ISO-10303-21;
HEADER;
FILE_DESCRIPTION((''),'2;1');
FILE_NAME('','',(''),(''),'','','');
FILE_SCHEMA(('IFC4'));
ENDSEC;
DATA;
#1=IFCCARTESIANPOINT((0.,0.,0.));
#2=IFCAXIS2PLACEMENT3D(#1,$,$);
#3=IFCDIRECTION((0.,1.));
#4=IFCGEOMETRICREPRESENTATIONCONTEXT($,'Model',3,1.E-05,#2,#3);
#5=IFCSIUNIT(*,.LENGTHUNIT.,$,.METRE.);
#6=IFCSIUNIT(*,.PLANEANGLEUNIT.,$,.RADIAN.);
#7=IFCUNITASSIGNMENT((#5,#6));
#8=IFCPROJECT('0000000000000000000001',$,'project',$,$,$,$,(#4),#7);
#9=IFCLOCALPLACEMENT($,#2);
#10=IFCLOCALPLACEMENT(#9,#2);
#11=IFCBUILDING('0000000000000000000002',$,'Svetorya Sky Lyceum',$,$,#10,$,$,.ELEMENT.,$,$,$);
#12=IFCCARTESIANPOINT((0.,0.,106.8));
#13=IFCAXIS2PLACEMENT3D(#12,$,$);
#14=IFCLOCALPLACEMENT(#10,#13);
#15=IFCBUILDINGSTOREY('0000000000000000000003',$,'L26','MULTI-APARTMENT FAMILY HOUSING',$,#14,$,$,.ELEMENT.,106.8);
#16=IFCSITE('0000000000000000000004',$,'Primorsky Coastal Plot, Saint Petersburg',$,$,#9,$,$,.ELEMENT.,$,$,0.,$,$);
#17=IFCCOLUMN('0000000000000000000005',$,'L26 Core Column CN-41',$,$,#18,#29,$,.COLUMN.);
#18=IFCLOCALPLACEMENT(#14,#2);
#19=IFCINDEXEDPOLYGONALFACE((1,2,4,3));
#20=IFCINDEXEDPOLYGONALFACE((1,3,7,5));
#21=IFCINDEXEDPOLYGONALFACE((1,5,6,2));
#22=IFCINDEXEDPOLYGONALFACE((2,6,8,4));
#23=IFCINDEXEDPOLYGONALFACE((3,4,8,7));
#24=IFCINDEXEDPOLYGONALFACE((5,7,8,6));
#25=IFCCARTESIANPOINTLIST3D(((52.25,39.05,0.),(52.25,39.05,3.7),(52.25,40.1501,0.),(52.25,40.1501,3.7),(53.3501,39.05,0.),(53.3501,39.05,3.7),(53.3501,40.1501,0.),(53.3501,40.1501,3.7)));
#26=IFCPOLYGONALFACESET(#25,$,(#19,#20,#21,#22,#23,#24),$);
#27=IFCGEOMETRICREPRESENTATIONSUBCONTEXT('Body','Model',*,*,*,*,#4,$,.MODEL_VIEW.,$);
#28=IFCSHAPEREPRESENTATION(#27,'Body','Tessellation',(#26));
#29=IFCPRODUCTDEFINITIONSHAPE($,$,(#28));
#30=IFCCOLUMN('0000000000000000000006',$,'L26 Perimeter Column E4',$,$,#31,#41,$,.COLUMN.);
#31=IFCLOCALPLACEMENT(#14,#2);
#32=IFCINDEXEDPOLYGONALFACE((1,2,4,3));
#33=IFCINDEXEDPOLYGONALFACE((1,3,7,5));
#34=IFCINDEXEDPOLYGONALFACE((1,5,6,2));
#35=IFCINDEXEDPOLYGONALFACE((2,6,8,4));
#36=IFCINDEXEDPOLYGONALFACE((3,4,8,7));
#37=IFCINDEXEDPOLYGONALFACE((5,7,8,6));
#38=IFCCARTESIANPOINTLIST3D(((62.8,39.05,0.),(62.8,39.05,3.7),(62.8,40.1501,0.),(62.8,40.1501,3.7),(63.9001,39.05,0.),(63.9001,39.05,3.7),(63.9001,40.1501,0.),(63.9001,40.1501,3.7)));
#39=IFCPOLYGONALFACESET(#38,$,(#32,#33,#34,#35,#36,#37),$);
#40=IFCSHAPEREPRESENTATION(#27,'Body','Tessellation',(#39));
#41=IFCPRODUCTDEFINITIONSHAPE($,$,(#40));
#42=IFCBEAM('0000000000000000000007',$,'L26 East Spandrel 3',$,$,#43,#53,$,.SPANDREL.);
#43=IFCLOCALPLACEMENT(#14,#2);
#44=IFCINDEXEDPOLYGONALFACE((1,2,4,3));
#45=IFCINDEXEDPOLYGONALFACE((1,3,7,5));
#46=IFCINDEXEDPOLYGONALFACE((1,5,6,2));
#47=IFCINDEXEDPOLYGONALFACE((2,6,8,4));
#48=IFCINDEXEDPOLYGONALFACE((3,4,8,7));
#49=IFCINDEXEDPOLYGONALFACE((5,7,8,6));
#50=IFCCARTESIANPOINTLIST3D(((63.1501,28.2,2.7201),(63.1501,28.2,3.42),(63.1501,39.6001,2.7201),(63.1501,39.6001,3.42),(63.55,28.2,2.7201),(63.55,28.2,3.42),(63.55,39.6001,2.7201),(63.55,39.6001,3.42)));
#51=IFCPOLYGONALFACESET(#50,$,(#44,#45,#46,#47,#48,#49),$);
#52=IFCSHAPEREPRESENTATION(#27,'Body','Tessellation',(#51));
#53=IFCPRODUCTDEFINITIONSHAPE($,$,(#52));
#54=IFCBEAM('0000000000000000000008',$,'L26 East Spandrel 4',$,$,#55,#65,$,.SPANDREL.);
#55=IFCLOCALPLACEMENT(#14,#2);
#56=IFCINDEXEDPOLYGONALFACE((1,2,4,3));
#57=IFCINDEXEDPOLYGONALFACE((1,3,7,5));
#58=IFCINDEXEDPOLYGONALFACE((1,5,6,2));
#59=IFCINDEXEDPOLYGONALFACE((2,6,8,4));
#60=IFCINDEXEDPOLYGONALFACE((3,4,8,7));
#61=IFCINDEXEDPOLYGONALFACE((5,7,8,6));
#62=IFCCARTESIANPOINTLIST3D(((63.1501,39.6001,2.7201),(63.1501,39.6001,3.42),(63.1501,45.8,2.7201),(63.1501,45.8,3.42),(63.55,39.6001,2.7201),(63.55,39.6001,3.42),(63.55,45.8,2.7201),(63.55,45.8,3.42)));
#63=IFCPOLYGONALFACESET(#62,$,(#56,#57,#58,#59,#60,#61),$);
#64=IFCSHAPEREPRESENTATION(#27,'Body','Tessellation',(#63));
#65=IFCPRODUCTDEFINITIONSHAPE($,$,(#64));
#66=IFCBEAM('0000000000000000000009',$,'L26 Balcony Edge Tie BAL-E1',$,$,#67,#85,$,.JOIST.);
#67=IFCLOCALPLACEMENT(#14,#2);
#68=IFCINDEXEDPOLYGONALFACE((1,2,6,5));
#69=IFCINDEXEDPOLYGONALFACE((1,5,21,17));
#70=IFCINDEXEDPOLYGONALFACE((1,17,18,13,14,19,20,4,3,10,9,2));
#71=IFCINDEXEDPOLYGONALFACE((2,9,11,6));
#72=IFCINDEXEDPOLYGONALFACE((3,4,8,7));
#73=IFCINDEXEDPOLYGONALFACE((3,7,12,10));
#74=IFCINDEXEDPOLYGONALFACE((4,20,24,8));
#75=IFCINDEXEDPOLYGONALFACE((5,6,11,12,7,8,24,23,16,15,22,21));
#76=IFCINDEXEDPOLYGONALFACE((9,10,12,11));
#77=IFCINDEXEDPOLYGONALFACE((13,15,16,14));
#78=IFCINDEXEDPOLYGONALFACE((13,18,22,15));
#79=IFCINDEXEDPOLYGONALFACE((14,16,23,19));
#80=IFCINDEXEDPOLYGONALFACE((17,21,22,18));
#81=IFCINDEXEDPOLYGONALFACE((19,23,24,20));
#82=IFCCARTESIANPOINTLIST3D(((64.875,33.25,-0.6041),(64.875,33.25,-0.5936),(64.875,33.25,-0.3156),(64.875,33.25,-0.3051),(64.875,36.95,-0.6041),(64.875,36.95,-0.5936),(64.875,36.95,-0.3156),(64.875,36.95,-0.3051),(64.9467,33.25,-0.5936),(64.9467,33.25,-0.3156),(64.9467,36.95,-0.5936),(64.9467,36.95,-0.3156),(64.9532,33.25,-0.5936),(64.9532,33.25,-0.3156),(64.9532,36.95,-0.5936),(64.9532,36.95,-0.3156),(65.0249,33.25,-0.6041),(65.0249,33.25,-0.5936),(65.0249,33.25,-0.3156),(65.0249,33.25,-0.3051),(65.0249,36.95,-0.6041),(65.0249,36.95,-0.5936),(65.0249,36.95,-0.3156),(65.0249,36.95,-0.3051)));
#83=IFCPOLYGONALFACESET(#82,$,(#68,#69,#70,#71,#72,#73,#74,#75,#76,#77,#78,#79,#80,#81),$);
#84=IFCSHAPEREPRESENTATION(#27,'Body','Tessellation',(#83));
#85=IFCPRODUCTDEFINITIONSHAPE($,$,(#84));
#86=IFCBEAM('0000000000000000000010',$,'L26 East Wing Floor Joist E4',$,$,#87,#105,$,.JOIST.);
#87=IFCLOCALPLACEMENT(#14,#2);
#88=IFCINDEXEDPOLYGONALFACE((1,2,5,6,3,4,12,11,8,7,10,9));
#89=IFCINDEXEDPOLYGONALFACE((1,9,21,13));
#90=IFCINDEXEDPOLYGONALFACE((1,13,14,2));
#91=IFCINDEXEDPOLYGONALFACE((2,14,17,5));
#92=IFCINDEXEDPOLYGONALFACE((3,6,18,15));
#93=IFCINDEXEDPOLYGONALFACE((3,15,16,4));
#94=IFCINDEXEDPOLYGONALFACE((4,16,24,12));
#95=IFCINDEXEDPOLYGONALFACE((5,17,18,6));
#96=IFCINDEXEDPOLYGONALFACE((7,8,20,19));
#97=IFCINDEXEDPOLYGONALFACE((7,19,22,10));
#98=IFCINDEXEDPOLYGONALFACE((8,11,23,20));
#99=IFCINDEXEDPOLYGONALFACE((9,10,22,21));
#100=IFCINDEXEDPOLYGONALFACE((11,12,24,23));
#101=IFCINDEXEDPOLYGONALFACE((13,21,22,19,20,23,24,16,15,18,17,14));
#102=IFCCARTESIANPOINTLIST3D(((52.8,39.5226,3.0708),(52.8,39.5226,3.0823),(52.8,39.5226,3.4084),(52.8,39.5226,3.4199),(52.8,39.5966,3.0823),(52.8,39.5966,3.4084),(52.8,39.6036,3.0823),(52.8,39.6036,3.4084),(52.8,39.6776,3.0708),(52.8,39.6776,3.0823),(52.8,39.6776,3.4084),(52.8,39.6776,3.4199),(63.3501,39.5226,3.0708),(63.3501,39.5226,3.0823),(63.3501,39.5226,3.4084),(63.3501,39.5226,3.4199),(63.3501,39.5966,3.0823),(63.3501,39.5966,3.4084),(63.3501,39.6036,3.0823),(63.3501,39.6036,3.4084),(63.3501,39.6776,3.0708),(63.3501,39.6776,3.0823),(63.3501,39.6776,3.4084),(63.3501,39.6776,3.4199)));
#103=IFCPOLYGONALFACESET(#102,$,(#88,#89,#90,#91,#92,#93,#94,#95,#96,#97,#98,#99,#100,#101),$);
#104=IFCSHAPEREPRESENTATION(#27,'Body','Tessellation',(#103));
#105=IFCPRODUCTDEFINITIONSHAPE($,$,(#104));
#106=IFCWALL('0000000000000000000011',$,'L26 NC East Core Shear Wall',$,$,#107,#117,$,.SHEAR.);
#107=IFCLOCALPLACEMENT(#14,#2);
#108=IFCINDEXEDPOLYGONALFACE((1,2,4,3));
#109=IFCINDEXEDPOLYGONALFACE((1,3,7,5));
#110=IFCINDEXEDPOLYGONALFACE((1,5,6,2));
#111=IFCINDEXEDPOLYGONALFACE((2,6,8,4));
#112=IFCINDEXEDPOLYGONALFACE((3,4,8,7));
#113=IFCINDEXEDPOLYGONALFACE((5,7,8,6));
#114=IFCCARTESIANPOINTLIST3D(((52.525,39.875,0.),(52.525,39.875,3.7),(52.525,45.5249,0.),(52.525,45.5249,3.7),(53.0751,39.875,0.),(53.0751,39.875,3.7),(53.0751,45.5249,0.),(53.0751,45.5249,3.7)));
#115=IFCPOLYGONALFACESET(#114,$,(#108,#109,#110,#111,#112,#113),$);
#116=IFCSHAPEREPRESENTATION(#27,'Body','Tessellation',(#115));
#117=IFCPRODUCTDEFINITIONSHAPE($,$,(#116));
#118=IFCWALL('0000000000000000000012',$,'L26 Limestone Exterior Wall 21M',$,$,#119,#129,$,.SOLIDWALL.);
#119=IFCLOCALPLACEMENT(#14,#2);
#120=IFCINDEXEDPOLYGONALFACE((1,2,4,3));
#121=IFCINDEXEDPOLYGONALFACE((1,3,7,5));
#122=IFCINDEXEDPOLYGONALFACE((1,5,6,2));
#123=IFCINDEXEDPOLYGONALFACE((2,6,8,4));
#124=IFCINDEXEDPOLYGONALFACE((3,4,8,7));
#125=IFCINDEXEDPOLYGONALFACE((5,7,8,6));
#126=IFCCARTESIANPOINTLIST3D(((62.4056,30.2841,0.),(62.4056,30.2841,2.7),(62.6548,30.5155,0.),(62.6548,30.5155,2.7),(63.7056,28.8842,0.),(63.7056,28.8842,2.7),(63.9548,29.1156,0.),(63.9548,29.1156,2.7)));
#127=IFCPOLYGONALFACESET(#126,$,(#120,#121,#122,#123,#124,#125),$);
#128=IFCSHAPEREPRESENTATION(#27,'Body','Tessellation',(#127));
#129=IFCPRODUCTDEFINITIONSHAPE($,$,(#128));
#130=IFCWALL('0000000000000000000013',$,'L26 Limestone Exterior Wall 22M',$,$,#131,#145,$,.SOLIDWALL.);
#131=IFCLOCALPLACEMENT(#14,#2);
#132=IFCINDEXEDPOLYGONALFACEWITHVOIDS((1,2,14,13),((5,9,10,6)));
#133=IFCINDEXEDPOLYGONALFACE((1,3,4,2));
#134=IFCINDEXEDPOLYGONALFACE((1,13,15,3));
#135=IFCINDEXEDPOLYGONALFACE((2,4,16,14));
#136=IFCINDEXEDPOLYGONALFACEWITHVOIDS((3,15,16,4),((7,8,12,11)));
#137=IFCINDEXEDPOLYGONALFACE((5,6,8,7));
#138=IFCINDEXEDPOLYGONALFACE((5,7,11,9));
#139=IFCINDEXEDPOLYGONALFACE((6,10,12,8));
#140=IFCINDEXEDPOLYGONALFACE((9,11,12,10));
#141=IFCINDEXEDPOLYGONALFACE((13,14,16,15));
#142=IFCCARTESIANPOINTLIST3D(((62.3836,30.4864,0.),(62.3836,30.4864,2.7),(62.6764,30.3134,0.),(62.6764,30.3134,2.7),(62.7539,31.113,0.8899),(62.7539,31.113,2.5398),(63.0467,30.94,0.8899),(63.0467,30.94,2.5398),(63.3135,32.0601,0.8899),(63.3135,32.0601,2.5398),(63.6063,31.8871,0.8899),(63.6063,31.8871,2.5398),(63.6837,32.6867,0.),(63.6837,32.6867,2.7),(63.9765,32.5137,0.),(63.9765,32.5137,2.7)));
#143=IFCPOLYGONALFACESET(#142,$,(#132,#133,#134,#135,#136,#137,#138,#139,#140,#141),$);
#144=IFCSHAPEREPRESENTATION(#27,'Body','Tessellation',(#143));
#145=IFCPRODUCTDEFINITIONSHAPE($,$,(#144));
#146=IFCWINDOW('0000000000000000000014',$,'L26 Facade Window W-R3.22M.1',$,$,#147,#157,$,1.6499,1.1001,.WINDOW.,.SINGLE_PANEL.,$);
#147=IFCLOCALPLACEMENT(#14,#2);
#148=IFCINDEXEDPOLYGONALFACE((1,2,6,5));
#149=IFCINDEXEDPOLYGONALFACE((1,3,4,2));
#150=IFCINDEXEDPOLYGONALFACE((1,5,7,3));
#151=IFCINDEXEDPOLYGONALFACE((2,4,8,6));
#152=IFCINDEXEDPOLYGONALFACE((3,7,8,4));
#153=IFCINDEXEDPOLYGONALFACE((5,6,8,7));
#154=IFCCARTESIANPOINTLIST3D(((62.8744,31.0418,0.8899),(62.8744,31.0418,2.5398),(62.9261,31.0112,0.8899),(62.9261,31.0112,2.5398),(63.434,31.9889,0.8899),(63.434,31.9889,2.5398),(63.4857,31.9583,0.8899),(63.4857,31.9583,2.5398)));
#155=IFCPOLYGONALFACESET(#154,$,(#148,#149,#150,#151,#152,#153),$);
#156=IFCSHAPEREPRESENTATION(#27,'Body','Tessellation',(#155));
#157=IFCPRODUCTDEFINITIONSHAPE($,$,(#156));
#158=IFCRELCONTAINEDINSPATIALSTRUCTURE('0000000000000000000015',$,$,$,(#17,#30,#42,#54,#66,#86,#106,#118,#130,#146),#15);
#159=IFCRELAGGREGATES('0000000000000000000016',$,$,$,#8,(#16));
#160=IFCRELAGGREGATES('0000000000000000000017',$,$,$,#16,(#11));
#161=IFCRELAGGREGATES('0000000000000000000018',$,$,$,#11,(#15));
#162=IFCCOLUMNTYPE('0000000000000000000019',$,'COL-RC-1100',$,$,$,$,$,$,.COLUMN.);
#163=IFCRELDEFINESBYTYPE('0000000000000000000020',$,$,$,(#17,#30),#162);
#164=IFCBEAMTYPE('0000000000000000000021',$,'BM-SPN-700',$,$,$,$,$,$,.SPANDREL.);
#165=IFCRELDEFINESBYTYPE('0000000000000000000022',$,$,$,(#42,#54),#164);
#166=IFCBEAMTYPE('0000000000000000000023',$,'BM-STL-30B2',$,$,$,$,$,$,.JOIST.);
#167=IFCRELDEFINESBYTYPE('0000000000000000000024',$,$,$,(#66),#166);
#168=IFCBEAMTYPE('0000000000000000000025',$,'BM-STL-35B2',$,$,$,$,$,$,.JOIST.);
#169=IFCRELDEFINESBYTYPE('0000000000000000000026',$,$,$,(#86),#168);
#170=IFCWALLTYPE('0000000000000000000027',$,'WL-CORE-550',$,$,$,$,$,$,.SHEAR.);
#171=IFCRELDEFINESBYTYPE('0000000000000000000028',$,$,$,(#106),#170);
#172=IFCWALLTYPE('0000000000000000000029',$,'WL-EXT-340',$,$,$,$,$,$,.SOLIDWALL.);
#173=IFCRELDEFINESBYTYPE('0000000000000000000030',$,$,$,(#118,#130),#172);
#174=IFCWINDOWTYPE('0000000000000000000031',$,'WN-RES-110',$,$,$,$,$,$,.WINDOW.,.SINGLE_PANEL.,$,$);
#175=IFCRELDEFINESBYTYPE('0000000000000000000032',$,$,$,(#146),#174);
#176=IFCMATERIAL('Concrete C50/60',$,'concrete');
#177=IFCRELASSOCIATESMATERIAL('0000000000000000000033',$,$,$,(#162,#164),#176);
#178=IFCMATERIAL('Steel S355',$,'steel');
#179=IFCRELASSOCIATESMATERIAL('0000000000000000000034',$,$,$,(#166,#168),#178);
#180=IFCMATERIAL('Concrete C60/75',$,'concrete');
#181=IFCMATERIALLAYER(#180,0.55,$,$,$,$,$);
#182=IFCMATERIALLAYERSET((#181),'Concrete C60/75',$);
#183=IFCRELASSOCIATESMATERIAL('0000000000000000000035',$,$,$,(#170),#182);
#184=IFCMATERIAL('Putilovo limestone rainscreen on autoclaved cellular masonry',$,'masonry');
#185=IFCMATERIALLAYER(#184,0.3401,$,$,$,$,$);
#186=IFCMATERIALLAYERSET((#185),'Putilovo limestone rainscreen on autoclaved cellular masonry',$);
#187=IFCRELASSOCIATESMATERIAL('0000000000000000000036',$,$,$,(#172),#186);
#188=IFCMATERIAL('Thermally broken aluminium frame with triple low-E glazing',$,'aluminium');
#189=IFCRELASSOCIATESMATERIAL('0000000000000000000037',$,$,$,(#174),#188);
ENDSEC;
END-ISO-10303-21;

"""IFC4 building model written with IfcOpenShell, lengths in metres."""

from ifc_helpers import new_model, si_unit, direction, frame, frame_2d, origin, origin_2d, place, context, subcontext, project, spatial, rectangle, i_section, extrude, material, layer, layer_set, material_profile, profile_set, type_object, element, fill, save


model = new_model("IFC4")

# Units and contexts
model_context = context("Model", 3, precision=1e-05, world=origin(), true_north=direction((0.0, 1.0)))
body_context = subcontext(model_context, "Body", "Model", "MODEL_VIEW")
ifc_project = project(units=[si_unit("LENGTHUNIT", "METRE"), si_unit("PLANEANGLEUNIT", "RADIAN")], contexts=[model_context])

# Site, building, storey
site_placement = place(None, origin())
site = spatial("IfcSite", under=ifc_project, at=site_placement, Name="Primorsky Coastal Plot, Saint Petersburg", CompositionType="ELEMENT", RefElevation=0.0)
building_placement = place(site_placement, origin())
building = spatial("IfcBuilding", under=site, at=building_placement, Name="Svetorya Sky Lyceum", CompositionType="ELEMENT")
storey_placement = place(building_placement, frame((0.0, 0.0, 106.8)))
storey = spatial("IfcBuildingStorey", under=building, at=storey_placement, Name="L26", Description="MULTI-APARTMENT FAMILY HOUSING", CompositionType="ELEMENT", Elevation=106.8)

# Columns
ifc_material_1 = material(Name="Concrete C50/60", Category="concrete")
ifc_material_profile_1 = material_profile(ifc_material_1, rectangle(XDim=1.1001, YDim=1.1001, at=origin_2d()), Name="RC COL 1100x1100")
ifc_profile_set_1 = profile_set([ifc_material_profile_1], Name="Concrete C50/60")
column_type = type_object("IfcColumnType", Name="COL-RC-1100", PredefinedType="COLUMN", material=ifc_profile_set_1)
for number, where, z_axis, x_axis, name in (
    (1, (52.8, 39.6001, 0.0), (0.0, 0.0, 1.0), (1.0, 0.0, 0.0), "L26 Core Column CN-41"),
    (2, (63.3501, 39.6001, 0.0), (0.0, 0.0, 1.0), (1.0, 0.0, 0.0), "L26 Perimeter Column E4"),
):
    element("IfcColumn", number, at=place(storey_placement, frame(where, z_axis=z_axis, x_axis=x_axis)), inside=storey, type_object=column_type, Name=name, PredefinedType="COLUMN", context=body_context, shape_type="SweptSolid", body=[
        extrude(rectangle(XDim=1.1001, YDim=1.1001, at=origin_2d()), origin(), (0.0, 0.0, 1.0), 3.7),
    ])

# Beams
ifc_material_profile_2 = material_profile(ifc_material_1, rectangle(XDim=0.3999, YDim=0.7, at=origin_2d()), Name="RC SPANDREL 400x700")
ifc_profile_set_2 = profile_set([ifc_material_profile_2], Name="Concrete C50/60")
beam_type_1 = type_object("IfcBeamType", Name="BM-SPN-700", PredefinedType="SPANDREL", material=ifc_profile_set_2)
beam_1_placement = place(storey_placement, frame((63.3501, 28.2, 3.0701), z_axis=(0.0, 1.0, 0.0), x_axis=(-1.0, 0.0, 0.0)))
element("IfcBeam", 3, at=beam_1_placement, inside=storey, type_object=beam_type_1, Name="L26 East Spandrel 3", PredefinedType="SPANDREL", context=body_context, shape_type="SweptSolid", body=[
    extrude(rectangle(XDim=0.3999, YDim=0.7, at=origin_2d()), origin(), (0.0, 0.0, 1.0), 11.4001),
])
beam_2_placement = place(storey_placement, frame((63.3501, 39.6001, 3.0701), z_axis=(0.0, 1.0, 0.0), x_axis=(-1.0, 0.0, 0.0)))
element("IfcBeam", 4, at=beam_2_placement, inside=storey, type_object=beam_type_1, Name="L26 East Spandrel 4", PredefinedType="SPANDREL", context=body_context, shape_type="SweptSolid", body=[
    extrude(rectangle(XDim=0.3999, YDim=0.7, at=origin_2d()), origin(), (0.0, 0.0, 1.0), 6.2),
])
ifc_material_2 = material(Name="Steel S355", Category="steel")
ifc_material_profile_3 = material_profile(ifc_material_2, i_section(OverallWidth=0.1499, OverallDepth=0.2991, WebThickness=0.0066, FlangeThickness=0.0105, at=origin_2d()), Name="GOST 30B2")
ifc_profile_set_3 = profile_set([ifc_material_profile_3], Name="Steel S355")
beam_type_2 = type_object("IfcBeamType", Name="BM-STL-30B2", PredefinedType="JOIST", material=ifc_profile_set_3)
beam_3_placement = place(storey_placement, frame((64.95, 33.25, -0.4546), z_axis=(0.0, 1.0, 0.0), x_axis=(-1.0, 0.0, 0.0)))
element("IfcBeam", 5, at=beam_3_placement, inside=storey, type_object=beam_type_2, Name="L26 Balcony Edge Tie BAL-E1", PredefinedType="JOIST", context=body_context, shape_type="SweptSolid", body=[
    extrude(i_section(OverallWidth=0.1499, OverallDepth=0.2991, WebThickness=0.0066, FlangeThickness=0.0105, at=origin_2d()), origin(), (0.0, 0.0, 1.0), 3.7),
])
ifc_material_profile_4 = material_profile(ifc_material_2, i_section(OverallWidth=0.155, OverallDepth=0.3491, WebThickness=0.0071, FlangeThickness=0.0115, at=origin_2d()), Name="GOST 35B2")
ifc_profile_set_4 = profile_set([ifc_material_profile_4], Name="Steel S355")
beam_type_3 = type_object("IfcBeamType", Name="BM-STL-35B2", PredefinedType="JOIST", material=ifc_profile_set_4)
beam_4_placement = place(storey_placement, frame((52.8, 39.6001, 3.2454), z_axis=(1.0, 0.0, 0.0), x_axis=(0.0, 1.0, 0.0)))
element("IfcBeam", 6, at=beam_4_placement, inside=storey, type_object=beam_type_3, Name="L26 East Wing Floor Joist E4", PredefinedType="JOIST", context=body_context, shape_type="SweptSolid", body=[
    extrude(i_section(OverallWidth=0.155, OverallDepth=0.3491, WebThickness=0.0071, FlangeThickness=0.0115, at=origin_2d()), origin(), (0.0, 0.0, 1.0), 10.55),
])

# Walls
ifc_material_3 = material(Name="Concrete C60/75", Category="concrete")
ifc_layer_1 = layer(ifc_material_3, 0.55)
ifc_layer_set_1 = layer_set([ifc_layer_1], Name="Concrete C60/75")
wall_type_1 = type_object("IfcWallType", Name="WL-CORE-550", PredefinedType="SHEAR", material=ifc_layer_set_1)
wall_1_placement = place(storey_placement, frame((52.8, 39.875, 0.0), z_axis=(0.0, 0.0, 1.0), x_axis=(0.0, 1.0, 0.0)))
element("IfcWall", 7, at=wall_1_placement, inside=storey, type_object=wall_type_1, Name="L26 NC East Core Shear Wall", PredefinedType="SHEAR", context=body_context, shape_type="SweptSolid", body=[
    extrude(rectangle(XDim=5.6499, YDim=0.55, at=frame_2d((2.825, 0.0))), origin(), (0.0, 0.0, 1.0), 3.7),
])
ifc_material_4 = material(Name="Putilovo limestone rainscreen on autoclaved cellular masonry", Category="masonry")
ifc_layer_2 = layer(ifc_material_4, 0.3401)
ifc_layer_set_2 = layer_set([ifc_layer_2], Name="Putilovo limestone rainscreen on autoclaved cellular masonry")
wall_type_2 = type_object("IfcWallType", Name="WL-EXT-340", PredefinedType="SOLIDWALL", material=ifc_layer_set_2)
wall_2_placement = place(storey_placement, frame((63.8301, 29.0, 0.0), z_axis=(0.0, 0.0, 1.0), x_axis=(-0.68049, 0.732757, 0.0)))
element("IfcWall", 8, at=wall_2_placement, inside=storey, type_object=wall_type_2, Name="L26 Limestone Exterior Wall 21M", PredefinedType="SOLIDWALL", context=body_context, shape_type="SweptSolid", body=[
    extrude(rectangle(XDim=1.9104, YDim=0.3401, at=frame_2d((0.9551, 0.0))), origin(), (0.0, 0.0, 1.0), 2.7),
])

# Wall, opening, window
wall_3_placement = place(storey_placement, frame((62.53, 30.3999, 0.0), z_axis=(0.0, 0.0, 1.0), x_axis=(0.50871, 0.860938, 0.0)))
wall_3 = element("IfcWall", 9, at=wall_3_placement, inside=storey, type_object=wall_type_2, Name="L26 Limestone Exterior Wall 22M", PredefinedType="SOLIDWALL", context=body_context, shape_type="SweptSolid", body=[
    extrude(rectangle(XDim=2.5557, YDim=0.3401, at=frame_2d((1.2778, 0.0))), origin(), (0.0, 0.0, 1.0), 2.7),
])
opening_1_placement = place(wall_3_placement, frame((0.7278, 0.0, 0.8899)))
opening_1 = element("IfcOpeningElement", 10, at=opening_1_placement, cuts=wall_3, PredefinedType="OPENING", context=body_context, shape_type="SweptSolid", body=[
    extrude(rectangle(XDim=1.1001, YDim=1.6499, at=frame_2d((0.55, 0.825))), frame((0.0, 0.1799, 0.0), z_axis=(0.0, -1.0, 0.0), x_axis=(1.0, 0.0, 0.0)), (0.0, 0.0, 1.0), 0.3601),
])
ifc_material_5 = material(Name="Thermally broken aluminium frame with triple low-E glazing", Category="aluminium")
window_type = type_object("IfcWindowType", Name="WN-RES-110", PartitioningType="SINGLE_PANEL", PredefinedType="WINDOW", material=ifc_material_5)
window_1_placement = place(opening_1_placement, origin())
window_1 = element("IfcWindow", 11, at=window_1_placement, inside=storey, type_object=window_type, Name="L26 Facade Window W-R3.22M.1", OverallHeight=1.6499, OverallWidth=1.1001, PartitioningType="SINGLE_PANEL", PredefinedType="WINDOW", context=body_context, shape_type="SweptSolid", body=[
    extrude(rectangle(XDim=1.1001, YDim=1.6499, at=frame_2d((0.55, 0.825))), frame((0.0, 0.03, 0.0), z_axis=(0.0, -1.0, 0.0), x_axis=(1.0, 0.0, 0.0)), (0.0, 0.0, 1.0), 0.0601),
])
fill(opening_1, window_1)

save(model, "model.ifc")
